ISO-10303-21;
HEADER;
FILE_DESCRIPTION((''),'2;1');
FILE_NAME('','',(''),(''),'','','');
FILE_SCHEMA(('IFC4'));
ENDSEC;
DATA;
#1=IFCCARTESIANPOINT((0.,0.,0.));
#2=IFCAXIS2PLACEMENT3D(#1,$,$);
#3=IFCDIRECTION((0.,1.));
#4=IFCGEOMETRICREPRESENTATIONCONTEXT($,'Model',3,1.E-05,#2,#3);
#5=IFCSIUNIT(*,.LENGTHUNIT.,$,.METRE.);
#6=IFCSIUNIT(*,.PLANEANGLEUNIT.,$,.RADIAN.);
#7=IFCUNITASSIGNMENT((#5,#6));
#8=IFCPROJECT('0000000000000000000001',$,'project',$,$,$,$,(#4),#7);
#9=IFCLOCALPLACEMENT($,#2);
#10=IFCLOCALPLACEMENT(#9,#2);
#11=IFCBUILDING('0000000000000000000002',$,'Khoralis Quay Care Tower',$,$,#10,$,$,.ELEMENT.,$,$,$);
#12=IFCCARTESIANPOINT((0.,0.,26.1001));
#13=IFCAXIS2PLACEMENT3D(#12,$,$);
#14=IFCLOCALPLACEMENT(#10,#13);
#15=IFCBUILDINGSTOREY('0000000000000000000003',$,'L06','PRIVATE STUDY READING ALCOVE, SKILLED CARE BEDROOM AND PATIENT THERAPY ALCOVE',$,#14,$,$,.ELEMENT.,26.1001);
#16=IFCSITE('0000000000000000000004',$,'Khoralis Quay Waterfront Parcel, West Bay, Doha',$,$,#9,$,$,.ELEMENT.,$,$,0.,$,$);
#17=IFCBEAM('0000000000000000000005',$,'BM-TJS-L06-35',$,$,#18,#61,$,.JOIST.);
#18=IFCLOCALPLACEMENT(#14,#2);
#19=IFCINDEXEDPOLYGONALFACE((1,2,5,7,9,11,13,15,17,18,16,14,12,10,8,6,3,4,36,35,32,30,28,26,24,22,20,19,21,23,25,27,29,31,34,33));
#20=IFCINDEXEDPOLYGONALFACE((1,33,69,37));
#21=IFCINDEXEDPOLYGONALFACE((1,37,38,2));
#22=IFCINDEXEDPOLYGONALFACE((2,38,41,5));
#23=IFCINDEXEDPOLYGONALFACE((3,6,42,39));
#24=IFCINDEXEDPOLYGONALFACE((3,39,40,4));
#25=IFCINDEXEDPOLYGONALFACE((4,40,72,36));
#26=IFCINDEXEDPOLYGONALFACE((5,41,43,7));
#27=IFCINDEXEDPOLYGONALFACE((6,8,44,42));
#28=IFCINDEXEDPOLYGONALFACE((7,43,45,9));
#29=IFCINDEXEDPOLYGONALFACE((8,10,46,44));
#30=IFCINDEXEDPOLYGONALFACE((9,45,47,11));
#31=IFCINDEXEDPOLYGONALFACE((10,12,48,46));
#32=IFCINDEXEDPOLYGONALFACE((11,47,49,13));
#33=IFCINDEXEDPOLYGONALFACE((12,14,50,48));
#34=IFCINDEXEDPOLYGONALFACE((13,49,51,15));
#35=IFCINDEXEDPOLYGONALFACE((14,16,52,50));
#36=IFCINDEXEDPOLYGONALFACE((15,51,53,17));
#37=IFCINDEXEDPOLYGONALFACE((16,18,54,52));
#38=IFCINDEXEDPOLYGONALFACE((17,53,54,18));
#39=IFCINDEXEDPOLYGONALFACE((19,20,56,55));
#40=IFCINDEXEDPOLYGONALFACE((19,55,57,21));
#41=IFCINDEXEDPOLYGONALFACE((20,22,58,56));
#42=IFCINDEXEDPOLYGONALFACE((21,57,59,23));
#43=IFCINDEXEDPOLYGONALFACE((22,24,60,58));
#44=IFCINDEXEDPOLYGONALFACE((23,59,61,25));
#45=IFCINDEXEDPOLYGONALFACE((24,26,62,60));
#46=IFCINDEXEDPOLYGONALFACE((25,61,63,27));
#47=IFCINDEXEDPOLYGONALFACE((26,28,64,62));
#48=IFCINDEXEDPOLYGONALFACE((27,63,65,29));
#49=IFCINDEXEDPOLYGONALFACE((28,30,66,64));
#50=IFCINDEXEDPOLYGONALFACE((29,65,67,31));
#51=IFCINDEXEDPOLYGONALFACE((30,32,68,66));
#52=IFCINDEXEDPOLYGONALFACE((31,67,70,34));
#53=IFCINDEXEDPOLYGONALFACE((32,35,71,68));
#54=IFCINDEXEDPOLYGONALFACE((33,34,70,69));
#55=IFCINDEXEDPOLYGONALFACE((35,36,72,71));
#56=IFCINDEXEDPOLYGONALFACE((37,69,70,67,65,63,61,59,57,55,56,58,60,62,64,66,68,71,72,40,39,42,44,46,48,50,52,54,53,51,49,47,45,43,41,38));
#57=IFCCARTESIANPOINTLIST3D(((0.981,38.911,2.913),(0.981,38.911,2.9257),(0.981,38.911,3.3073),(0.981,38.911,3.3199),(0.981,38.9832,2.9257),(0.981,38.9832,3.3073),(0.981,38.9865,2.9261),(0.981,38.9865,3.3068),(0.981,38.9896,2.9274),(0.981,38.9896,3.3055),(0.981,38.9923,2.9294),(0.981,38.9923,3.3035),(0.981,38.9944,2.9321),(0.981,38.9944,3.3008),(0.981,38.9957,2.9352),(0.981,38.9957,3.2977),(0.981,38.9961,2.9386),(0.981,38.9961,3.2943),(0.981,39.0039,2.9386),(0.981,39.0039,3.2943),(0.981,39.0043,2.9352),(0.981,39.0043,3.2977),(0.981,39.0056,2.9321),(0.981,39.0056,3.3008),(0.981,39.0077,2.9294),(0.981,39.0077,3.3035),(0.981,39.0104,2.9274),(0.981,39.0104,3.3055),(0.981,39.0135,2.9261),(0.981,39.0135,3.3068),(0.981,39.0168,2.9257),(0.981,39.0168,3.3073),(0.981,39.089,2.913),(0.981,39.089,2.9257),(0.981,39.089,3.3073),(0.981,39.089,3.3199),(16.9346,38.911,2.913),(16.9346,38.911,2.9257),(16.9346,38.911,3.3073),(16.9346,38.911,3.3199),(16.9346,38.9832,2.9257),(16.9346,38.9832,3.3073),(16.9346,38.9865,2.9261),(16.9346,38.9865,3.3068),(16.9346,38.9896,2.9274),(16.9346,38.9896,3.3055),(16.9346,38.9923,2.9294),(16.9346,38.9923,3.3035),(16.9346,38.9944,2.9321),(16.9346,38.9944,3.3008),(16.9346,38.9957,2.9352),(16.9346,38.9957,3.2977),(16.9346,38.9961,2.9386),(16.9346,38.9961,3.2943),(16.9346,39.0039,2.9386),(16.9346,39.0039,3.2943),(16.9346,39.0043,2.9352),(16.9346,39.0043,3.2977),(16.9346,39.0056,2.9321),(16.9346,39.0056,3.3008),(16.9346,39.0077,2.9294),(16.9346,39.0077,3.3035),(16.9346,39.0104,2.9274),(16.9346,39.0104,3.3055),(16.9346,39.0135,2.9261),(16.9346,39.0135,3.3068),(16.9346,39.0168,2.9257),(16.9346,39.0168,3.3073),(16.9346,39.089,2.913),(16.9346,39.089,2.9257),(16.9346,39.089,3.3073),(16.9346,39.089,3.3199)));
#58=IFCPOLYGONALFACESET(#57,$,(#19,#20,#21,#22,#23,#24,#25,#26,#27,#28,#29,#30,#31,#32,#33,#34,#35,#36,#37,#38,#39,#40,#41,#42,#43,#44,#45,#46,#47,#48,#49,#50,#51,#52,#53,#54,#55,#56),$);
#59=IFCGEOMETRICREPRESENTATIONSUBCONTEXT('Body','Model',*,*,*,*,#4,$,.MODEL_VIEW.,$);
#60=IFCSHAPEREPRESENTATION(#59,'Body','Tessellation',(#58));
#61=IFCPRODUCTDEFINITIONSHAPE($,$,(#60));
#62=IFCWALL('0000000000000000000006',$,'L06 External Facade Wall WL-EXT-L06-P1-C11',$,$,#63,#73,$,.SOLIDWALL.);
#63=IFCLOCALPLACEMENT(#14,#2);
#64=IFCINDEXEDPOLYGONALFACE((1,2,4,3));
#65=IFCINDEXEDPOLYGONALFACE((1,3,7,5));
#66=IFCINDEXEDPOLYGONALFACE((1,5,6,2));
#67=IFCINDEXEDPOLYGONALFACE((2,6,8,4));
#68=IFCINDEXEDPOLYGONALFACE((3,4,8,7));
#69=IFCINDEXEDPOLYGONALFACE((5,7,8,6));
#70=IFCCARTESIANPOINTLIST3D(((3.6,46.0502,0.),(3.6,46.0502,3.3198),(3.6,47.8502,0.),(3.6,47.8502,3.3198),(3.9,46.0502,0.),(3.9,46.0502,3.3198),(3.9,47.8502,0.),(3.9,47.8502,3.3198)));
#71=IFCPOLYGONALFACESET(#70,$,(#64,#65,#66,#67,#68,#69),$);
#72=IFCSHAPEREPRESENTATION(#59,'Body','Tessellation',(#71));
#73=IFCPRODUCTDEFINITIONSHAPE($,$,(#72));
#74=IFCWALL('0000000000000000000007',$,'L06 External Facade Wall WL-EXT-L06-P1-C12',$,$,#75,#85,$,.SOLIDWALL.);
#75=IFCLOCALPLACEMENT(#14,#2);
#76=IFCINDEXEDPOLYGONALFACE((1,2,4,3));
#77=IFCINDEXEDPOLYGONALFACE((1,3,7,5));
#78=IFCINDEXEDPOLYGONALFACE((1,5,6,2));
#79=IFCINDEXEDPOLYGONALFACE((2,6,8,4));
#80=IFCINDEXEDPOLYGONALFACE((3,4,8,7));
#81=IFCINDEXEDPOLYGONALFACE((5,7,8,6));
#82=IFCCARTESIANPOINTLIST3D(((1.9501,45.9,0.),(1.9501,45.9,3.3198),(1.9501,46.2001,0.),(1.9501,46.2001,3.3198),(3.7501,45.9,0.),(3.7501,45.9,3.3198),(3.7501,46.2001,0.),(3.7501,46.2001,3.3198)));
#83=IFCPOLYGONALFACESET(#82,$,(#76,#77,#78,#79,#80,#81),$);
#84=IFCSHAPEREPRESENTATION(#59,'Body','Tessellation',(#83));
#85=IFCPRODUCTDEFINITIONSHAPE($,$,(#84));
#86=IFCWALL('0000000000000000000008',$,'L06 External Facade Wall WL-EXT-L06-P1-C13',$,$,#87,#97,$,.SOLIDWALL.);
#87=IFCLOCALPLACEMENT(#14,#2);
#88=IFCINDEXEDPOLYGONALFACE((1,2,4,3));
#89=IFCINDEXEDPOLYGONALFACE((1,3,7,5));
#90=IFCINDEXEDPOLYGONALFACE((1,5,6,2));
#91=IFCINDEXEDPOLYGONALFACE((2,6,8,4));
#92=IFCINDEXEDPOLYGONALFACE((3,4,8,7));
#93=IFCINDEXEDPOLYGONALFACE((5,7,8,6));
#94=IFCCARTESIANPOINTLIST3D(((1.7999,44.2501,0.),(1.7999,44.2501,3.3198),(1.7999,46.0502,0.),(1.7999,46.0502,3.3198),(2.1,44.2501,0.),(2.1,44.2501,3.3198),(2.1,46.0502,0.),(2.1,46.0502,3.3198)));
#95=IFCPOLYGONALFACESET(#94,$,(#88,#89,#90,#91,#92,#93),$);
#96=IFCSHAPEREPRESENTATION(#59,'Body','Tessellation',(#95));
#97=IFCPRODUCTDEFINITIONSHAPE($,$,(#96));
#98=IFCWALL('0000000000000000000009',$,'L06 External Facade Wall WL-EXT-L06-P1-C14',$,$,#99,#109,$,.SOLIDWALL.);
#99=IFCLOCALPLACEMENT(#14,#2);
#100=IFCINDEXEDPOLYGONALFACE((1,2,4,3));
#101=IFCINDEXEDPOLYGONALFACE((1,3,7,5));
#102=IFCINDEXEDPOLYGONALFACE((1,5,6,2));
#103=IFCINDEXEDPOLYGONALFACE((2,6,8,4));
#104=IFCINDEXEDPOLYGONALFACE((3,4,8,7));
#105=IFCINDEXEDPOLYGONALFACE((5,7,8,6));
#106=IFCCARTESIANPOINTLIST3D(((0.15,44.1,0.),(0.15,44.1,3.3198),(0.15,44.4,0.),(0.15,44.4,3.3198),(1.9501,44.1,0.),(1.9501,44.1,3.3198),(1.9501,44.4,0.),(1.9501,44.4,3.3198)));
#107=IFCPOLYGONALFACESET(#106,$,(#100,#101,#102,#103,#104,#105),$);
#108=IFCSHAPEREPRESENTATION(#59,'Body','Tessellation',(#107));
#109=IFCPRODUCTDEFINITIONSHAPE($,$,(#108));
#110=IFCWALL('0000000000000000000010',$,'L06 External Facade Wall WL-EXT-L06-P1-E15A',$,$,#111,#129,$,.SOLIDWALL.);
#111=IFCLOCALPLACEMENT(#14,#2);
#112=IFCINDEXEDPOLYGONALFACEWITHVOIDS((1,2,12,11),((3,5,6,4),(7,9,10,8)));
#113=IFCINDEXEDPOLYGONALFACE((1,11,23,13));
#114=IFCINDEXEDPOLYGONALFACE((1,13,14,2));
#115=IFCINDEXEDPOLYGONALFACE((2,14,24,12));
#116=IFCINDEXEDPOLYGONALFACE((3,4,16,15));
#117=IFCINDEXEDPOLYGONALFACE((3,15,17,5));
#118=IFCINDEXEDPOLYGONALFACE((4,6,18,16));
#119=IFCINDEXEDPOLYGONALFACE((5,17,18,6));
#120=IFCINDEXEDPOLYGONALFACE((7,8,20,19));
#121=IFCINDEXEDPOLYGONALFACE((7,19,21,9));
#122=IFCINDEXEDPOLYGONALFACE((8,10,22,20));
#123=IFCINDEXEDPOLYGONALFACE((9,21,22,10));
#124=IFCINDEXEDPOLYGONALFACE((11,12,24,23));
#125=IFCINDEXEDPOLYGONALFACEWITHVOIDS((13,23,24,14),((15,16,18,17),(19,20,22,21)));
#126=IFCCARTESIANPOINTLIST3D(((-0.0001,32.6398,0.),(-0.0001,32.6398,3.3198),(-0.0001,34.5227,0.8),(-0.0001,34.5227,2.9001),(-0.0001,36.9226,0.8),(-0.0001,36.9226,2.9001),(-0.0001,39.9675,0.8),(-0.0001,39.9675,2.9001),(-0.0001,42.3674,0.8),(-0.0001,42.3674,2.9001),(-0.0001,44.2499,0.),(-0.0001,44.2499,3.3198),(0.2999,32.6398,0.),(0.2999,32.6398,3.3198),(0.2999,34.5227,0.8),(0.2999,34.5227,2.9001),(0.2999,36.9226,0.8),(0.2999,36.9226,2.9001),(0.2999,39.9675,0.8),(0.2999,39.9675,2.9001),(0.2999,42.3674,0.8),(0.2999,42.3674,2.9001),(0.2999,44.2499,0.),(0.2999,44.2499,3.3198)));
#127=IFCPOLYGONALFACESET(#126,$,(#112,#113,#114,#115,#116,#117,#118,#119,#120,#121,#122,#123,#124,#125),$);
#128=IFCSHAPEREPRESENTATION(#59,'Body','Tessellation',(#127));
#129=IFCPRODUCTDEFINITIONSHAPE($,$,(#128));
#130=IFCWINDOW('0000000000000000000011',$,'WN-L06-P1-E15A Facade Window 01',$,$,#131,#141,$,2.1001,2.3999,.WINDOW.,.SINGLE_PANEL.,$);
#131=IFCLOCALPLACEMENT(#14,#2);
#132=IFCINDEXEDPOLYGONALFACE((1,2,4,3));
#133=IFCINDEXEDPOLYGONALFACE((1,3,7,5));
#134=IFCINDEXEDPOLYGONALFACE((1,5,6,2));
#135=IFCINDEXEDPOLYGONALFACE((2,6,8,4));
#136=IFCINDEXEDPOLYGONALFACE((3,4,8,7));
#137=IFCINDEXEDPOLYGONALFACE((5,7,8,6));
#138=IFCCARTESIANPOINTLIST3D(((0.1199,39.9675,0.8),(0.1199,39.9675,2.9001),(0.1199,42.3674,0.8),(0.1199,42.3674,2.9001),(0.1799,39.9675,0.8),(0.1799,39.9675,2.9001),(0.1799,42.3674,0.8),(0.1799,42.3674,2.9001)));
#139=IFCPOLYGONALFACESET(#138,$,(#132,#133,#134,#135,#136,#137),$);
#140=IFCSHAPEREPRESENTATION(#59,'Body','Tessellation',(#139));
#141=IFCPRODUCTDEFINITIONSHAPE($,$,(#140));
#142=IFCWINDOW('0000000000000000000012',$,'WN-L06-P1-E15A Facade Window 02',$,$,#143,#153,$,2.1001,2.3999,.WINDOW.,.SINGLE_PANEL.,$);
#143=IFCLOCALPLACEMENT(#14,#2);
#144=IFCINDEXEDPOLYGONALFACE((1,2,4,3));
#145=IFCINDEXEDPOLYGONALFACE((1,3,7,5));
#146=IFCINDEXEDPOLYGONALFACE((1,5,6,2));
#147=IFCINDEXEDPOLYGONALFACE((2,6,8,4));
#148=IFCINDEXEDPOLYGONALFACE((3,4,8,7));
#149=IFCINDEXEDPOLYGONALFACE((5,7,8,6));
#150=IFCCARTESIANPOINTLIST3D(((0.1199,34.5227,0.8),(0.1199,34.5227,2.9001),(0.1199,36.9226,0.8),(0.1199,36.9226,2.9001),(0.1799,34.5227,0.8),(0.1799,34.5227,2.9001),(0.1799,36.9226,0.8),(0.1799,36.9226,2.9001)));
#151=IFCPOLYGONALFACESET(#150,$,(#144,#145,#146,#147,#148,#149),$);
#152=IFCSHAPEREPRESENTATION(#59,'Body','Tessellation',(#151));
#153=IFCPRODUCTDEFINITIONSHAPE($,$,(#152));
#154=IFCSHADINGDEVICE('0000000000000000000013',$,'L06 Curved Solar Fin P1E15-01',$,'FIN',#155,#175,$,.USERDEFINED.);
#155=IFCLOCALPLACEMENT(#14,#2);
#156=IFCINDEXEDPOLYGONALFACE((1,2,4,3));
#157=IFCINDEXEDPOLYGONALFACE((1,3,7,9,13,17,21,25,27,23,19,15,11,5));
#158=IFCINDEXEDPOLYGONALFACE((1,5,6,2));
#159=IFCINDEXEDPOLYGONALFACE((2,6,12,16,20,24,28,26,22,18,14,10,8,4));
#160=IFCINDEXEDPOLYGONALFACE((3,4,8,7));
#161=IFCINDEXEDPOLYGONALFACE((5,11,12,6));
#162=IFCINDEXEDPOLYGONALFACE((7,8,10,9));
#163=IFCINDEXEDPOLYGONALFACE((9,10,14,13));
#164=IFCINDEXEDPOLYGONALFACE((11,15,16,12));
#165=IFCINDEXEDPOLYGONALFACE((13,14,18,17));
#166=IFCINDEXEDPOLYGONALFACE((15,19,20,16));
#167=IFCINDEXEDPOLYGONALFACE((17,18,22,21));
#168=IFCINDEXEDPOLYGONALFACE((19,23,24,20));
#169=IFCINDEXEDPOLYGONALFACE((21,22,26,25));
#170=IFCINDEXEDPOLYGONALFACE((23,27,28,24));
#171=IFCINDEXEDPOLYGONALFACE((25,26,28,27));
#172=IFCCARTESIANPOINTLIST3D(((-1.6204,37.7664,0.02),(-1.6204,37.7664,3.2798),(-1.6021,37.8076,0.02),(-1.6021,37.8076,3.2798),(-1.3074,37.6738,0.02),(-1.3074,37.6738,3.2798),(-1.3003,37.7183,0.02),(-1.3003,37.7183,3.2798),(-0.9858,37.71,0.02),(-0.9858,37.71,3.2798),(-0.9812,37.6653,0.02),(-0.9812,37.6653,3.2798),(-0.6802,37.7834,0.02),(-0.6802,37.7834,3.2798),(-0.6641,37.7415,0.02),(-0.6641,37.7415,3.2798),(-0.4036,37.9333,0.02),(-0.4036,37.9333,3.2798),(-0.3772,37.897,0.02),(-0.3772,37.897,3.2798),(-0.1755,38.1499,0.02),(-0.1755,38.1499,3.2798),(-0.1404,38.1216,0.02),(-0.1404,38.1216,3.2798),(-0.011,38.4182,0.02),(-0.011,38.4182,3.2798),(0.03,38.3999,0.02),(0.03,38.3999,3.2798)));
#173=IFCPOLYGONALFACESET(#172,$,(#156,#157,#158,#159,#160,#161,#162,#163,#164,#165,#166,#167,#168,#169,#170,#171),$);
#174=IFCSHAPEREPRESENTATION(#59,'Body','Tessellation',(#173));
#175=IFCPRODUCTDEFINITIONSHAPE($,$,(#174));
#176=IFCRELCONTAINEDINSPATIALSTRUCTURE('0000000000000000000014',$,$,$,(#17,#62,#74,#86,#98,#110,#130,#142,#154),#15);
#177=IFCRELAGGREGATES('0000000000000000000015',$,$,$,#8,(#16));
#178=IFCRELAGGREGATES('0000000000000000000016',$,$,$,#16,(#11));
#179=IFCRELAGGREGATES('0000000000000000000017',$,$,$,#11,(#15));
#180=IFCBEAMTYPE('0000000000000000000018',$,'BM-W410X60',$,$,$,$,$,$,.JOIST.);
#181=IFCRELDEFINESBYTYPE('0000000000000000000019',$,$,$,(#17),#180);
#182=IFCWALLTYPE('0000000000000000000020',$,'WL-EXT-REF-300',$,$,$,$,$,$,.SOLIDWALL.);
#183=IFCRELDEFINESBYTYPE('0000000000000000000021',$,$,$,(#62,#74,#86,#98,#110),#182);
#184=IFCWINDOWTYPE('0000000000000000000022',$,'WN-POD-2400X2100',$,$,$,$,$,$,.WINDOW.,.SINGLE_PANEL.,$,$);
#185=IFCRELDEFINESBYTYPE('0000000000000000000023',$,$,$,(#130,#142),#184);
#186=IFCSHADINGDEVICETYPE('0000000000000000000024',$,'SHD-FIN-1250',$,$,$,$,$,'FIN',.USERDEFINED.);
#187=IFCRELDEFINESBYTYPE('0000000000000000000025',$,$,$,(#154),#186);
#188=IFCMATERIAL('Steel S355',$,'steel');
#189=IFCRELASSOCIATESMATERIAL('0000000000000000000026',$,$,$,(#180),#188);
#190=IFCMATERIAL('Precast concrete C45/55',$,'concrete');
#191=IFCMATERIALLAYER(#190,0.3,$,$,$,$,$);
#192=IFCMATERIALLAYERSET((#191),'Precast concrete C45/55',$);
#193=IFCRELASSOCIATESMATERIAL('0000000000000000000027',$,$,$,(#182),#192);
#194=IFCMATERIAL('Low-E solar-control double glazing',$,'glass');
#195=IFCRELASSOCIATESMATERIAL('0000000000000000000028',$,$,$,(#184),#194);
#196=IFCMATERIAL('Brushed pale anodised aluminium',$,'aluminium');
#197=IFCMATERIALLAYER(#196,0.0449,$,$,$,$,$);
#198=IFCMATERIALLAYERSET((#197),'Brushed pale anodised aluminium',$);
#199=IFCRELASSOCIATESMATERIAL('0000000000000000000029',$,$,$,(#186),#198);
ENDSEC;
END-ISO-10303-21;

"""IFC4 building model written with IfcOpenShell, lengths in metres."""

from ifc_helpers import new_model, si_unit, direction, frame, frame_2d, origin, origin_2d, place, context, subcontext, project, spatial, polyline, rectangle, i_section, outline, extrude, source, transform, mapped, material, layer, layer_set, material_profile, profile_set, type_object, element, fill, save


model = new_model("IFC4")

# Units and contexts
model_context = context("Model", 3, precision=1e-05, world=origin(), true_north=direction((0.0, 1.0)))
body_context = subcontext(model_context, "Body", "Model", "MODEL_VIEW")
ifc_project = project(units=[si_unit("LENGTHUNIT", "METRE"), si_unit("PLANEANGLEUNIT", "RADIAN")], contexts=[model_context])

# Site, building, storey
site_placement = place(None, origin())
site = spatial("IfcSite", under=ifc_project, at=site_placement, Name="Khoralis Quay Waterfront Parcel, West Bay, Doha", CompositionType="ELEMENT", RefElevation=0.0)
building_placement = place(site_placement, origin())
building = spatial("IfcBuilding", under=site, at=building_placement, Name="Khoralis Quay Care Tower", CompositionType="ELEMENT")
storey_placement = place(building_placement, frame((0.0, 0.0, 26.1001)))
storey = spatial("IfcBuildingStorey", under=building, at=storey_placement, Name="L06", Description="PRIVATE STUDY READING ALCOVE, SKILLED CARE BEDROOM AND PATIENT THERAPY ALCOVE", CompositionType="ELEMENT", Elevation=26.1001)

# Beam
ifc_material_1 = material(Name="Steel S355", Category="steel")
ifc_material_profile_1 = material_profile(ifc_material_1, i_section(OverallWidth=0.178, OverallDepth=0.407, WebThickness=0.0078, FlangeThickness=0.0127, FilletRadius=0.0129, at=origin_2d()), Name="Steel S355")
ifc_profile_set_1 = profile_set([ifc_material_profile_1], Name="Steel S355")
beam_type_1 = type_object("IfcBeamType", Name="BM-W410X60", PredefinedType="JOIST", material=ifc_profile_set_1)
shared_shape_1 = source(origin(), body_context, "Body", "SweptSolid", [
    extrude(i_section(OverallWidth=0.178, OverallDepth=0.407, WebThickness=0.0078, FlangeThickness=0.0127, FilletRadius=0.0129, at=origin_2d()), origin(), (0.0, 0.0, 1.0), 15.9536),
])
beam_1_placement = place(storey_placement, frame((0.981, 39.0, 3.1165), z_axis=(1.0, 0.0, 0.0), x_axis=(0.0, 1.0, 0.0)))
element("IfcBeam", 1, at=beam_1_placement, inside=storey, type_object=beam_type_1, Name="BM-TJS-L06-35", PredefinedType="JOIST", context=body_context, shape_type="MappedRepresentation", body=[
    mapped(shared_shape_1, transform((0.0, 0.0, 0.0), scale=1.0)),
])

# Walls
ifc_material_2 = material(Name="Precast concrete C45/55", Category="concrete")
ifc_layer_1 = layer(ifc_material_2, 0.3)
ifc_layer_set_1 = layer_set([ifc_layer_1], Name="Precast concrete C45/55")
wall_type = type_object("IfcWallType", Name="WL-EXT-REF-300", PredefinedType="SOLIDWALL", material=ifc_layer_set_1)
for number, where, z_axis, x_axis, name in (
    (2, (3.75, 47.8501, 0.0), (0.0, 0.0, 1.0), (0.0, -1.0, 0.0), "L06 External Facade Wall WL-EXT-L06-P1-C11"),
    (3, (3.75, 46.05, 0.0), (0.0, 0.0, 1.0), (-1.0, 0.0, 0.0), "L06 External Facade Wall WL-EXT-L06-P1-C12"),
    (4, (1.95, 46.05, 0.0), (0.0, 0.0, 1.0), (0.0, -1.0, 0.0), "L06 External Facade Wall WL-EXT-L06-P1-C13"),
    (5, (1.95, 44.25, 0.0), (0.0, 0.0, 1.0), (-1.0, 0.0, 0.0), "L06 External Facade Wall WL-EXT-L06-P1-C14"),
):
    element("IfcWall", number, at=place(storey_placement, frame(where, z_axis=z_axis, x_axis=x_axis)), inside=storey, type_object=wall_type, Name=name, PredefinedType="SOLIDWALL", context=body_context, shape_type="SweptSolid", body=[
        extrude(rectangle(XDim=1.8, YDim=0.3, at=frame_2d((0.8999, 0.0))), origin(), (0.0, 0.0, 1.0), 3.3198),
    ])

# Wall, openings, windows
wall_placement = place(storey_placement, frame((0.1499, 44.25, 0.0), z_axis=(0.0, 0.0, 1.0), x_axis=(0.0, -1.0, 0.0)))
wall = element("IfcWall", 6, at=wall_placement, inside=storey, type_object=wall_type, Name="L06 External Facade Wall WL-EXT-L06-P1-E15A", PredefinedType="SOLIDWALL", context=body_context, shape_type="SweptSolid", body=[
    extrude(rectangle(XDim=11.6101, YDim=0.3, at=frame_2d((5.8052, 0.0))), origin(), (0.0, 0.0, 1.0), 3.3198),
])
opening_1_placement = place(wall_placement, frame((1.8826, 0.0, 0.8)))
opening_1 = element("IfcOpeningElement", 7, at=opening_1_placement, cuts=wall, PredefinedType="OPENING", context=body_context, shape_type="SweptSolid", body=[
    extrude(rectangle(XDim=2.3999, YDim=2.1001, at=frame_2d((1.2, 1.05))), frame((0.0, 0.1602, 0.0), z_axis=(0.0, -1.0, 0.0), x_axis=(1.0, 0.0, 0.0)), (0.0, 0.0, 1.0), 0.3201),
])
opening_2_placement = place(wall_placement, frame((7.3274, 0.0, 0.8)))
opening_2 = element("IfcOpeningElement", 8, at=opening_2_placement, cuts=wall, PredefinedType="OPENING", context=body_context, shape_type="SweptSolid", body=[
    extrude(rectangle(XDim=2.3999, YDim=2.1001, at=frame_2d((1.2, 1.05))), frame((0.0, 0.1602, 0.0), z_axis=(0.0, -1.0, 0.0), x_axis=(1.0, 0.0, 0.0)), (0.0, 0.0, 1.0), 0.3201),
])
ifc_material_3 = material(Name="Low-E solar-control double glazing", Category="glass")
window_type = type_object("IfcWindowType", Name="WN-POD-2400X2100", PartitioningType="SINGLE_PANEL", PredefinedType="WINDOW", material=ifc_material_3)
shared_shape_2 = source(origin(), body_context, "Body", "SweptSolid", [
    extrude(rectangle(XDim=2.3999, YDim=2.1001, at=frame_2d((1.2, 1.05))), frame((0.0, 0.03, 0.0), z_axis=(0.0, -1.0, 0.0), x_axis=(1.0, 0.0, 0.0)), (0.0, 0.0, 1.0), 0.0601),
])
window_1_placement = place(opening_1_placement, origin())
window_1 = element("IfcWindow", 9, at=window_1_placement, inside=storey, type_object=window_type, Name="WN-L06-P1-E15A Facade Window 01", OverallHeight=2.1001, OverallWidth=2.3999, PartitioningType="SINGLE_PANEL", PredefinedType="WINDOW", context=body_context, shape_type="MappedRepresentation", body=[
    mapped(shared_shape_2, transform((0.0, 0.0, 0.0), scale=1.0)),
])
fill(opening_1, window_1)
window_2_placement = place(opening_2_placement, origin())
window_2 = element("IfcWindow", 10, at=window_2_placement, inside=storey, type_object=window_type, Name="WN-L06-P1-E15A Facade Window 02", OverallHeight=2.1001, OverallWidth=2.3999, PartitioningType="SINGLE_PANEL", PredefinedType="WINDOW", context=body_context, shape_type="MappedRepresentation", body=[
    mapped(shared_shape_2, transform((0.0, 0.0, 0.0), scale=1.0)),
])
fill(opening_2, window_2)

# Shading device
ifc_material_4 = material(Name="Brushed pale anodised aluminium", Category="aluminium")
ifc_layer_2 = layer(ifc_material_4, 0.0449)
ifc_layer_set_2 = layer_set([ifc_layer_2], Name="Brushed pale anodised aluminium")
shading_device_type = type_object("IfcShadingDeviceType", Name="SHD-FIN-1250", ElementType="FIN", PredefinedType="USERDEFINED", material=ifc_layer_set_2)
shared_shape_3 = source(origin(), body_context, "Body", "SweptSolid", [
    extrude(outline(polyline([(0.0, 0.0), (0.1704, 0.2783), (0.4072, 0.5029), (0.6941, 0.6584), (1.0112, 0.7346), (1.3374, 0.7261), (1.6504, 0.6335), (1.6321, 0.5923), (1.3303, 0.6816), (1.0159, 0.6899), (0.7102, 0.6165), (0.4336, 0.4666), (0.2056, 0.25), (0.041, -0.0183), (0.0, 0.0)])), origin(), (0.0, 0.0, 1.0), 3.2598),
])
shading_device_placement = place(storey_placement, frame((0.03, 38.3999, 0.02), z_axis=(0.0, 0.0, 1.0), x_axis=(-1.0, 0.0, 0.0)))
element("IfcShadingDevice", 11, at=shading_device_placement, inside=storey, type_object=shading_device_type, Name="L06 Curved Solar Fin P1E15-01", ObjectType="FIN", PredefinedType="USERDEFINED", context=body_context, shape_type="MappedRepresentation", body=[
    mapped(shared_shape_3, transform((0.0, 0.0, 0.0), scale=1.0)),
])

save(model, "model.ifc")
